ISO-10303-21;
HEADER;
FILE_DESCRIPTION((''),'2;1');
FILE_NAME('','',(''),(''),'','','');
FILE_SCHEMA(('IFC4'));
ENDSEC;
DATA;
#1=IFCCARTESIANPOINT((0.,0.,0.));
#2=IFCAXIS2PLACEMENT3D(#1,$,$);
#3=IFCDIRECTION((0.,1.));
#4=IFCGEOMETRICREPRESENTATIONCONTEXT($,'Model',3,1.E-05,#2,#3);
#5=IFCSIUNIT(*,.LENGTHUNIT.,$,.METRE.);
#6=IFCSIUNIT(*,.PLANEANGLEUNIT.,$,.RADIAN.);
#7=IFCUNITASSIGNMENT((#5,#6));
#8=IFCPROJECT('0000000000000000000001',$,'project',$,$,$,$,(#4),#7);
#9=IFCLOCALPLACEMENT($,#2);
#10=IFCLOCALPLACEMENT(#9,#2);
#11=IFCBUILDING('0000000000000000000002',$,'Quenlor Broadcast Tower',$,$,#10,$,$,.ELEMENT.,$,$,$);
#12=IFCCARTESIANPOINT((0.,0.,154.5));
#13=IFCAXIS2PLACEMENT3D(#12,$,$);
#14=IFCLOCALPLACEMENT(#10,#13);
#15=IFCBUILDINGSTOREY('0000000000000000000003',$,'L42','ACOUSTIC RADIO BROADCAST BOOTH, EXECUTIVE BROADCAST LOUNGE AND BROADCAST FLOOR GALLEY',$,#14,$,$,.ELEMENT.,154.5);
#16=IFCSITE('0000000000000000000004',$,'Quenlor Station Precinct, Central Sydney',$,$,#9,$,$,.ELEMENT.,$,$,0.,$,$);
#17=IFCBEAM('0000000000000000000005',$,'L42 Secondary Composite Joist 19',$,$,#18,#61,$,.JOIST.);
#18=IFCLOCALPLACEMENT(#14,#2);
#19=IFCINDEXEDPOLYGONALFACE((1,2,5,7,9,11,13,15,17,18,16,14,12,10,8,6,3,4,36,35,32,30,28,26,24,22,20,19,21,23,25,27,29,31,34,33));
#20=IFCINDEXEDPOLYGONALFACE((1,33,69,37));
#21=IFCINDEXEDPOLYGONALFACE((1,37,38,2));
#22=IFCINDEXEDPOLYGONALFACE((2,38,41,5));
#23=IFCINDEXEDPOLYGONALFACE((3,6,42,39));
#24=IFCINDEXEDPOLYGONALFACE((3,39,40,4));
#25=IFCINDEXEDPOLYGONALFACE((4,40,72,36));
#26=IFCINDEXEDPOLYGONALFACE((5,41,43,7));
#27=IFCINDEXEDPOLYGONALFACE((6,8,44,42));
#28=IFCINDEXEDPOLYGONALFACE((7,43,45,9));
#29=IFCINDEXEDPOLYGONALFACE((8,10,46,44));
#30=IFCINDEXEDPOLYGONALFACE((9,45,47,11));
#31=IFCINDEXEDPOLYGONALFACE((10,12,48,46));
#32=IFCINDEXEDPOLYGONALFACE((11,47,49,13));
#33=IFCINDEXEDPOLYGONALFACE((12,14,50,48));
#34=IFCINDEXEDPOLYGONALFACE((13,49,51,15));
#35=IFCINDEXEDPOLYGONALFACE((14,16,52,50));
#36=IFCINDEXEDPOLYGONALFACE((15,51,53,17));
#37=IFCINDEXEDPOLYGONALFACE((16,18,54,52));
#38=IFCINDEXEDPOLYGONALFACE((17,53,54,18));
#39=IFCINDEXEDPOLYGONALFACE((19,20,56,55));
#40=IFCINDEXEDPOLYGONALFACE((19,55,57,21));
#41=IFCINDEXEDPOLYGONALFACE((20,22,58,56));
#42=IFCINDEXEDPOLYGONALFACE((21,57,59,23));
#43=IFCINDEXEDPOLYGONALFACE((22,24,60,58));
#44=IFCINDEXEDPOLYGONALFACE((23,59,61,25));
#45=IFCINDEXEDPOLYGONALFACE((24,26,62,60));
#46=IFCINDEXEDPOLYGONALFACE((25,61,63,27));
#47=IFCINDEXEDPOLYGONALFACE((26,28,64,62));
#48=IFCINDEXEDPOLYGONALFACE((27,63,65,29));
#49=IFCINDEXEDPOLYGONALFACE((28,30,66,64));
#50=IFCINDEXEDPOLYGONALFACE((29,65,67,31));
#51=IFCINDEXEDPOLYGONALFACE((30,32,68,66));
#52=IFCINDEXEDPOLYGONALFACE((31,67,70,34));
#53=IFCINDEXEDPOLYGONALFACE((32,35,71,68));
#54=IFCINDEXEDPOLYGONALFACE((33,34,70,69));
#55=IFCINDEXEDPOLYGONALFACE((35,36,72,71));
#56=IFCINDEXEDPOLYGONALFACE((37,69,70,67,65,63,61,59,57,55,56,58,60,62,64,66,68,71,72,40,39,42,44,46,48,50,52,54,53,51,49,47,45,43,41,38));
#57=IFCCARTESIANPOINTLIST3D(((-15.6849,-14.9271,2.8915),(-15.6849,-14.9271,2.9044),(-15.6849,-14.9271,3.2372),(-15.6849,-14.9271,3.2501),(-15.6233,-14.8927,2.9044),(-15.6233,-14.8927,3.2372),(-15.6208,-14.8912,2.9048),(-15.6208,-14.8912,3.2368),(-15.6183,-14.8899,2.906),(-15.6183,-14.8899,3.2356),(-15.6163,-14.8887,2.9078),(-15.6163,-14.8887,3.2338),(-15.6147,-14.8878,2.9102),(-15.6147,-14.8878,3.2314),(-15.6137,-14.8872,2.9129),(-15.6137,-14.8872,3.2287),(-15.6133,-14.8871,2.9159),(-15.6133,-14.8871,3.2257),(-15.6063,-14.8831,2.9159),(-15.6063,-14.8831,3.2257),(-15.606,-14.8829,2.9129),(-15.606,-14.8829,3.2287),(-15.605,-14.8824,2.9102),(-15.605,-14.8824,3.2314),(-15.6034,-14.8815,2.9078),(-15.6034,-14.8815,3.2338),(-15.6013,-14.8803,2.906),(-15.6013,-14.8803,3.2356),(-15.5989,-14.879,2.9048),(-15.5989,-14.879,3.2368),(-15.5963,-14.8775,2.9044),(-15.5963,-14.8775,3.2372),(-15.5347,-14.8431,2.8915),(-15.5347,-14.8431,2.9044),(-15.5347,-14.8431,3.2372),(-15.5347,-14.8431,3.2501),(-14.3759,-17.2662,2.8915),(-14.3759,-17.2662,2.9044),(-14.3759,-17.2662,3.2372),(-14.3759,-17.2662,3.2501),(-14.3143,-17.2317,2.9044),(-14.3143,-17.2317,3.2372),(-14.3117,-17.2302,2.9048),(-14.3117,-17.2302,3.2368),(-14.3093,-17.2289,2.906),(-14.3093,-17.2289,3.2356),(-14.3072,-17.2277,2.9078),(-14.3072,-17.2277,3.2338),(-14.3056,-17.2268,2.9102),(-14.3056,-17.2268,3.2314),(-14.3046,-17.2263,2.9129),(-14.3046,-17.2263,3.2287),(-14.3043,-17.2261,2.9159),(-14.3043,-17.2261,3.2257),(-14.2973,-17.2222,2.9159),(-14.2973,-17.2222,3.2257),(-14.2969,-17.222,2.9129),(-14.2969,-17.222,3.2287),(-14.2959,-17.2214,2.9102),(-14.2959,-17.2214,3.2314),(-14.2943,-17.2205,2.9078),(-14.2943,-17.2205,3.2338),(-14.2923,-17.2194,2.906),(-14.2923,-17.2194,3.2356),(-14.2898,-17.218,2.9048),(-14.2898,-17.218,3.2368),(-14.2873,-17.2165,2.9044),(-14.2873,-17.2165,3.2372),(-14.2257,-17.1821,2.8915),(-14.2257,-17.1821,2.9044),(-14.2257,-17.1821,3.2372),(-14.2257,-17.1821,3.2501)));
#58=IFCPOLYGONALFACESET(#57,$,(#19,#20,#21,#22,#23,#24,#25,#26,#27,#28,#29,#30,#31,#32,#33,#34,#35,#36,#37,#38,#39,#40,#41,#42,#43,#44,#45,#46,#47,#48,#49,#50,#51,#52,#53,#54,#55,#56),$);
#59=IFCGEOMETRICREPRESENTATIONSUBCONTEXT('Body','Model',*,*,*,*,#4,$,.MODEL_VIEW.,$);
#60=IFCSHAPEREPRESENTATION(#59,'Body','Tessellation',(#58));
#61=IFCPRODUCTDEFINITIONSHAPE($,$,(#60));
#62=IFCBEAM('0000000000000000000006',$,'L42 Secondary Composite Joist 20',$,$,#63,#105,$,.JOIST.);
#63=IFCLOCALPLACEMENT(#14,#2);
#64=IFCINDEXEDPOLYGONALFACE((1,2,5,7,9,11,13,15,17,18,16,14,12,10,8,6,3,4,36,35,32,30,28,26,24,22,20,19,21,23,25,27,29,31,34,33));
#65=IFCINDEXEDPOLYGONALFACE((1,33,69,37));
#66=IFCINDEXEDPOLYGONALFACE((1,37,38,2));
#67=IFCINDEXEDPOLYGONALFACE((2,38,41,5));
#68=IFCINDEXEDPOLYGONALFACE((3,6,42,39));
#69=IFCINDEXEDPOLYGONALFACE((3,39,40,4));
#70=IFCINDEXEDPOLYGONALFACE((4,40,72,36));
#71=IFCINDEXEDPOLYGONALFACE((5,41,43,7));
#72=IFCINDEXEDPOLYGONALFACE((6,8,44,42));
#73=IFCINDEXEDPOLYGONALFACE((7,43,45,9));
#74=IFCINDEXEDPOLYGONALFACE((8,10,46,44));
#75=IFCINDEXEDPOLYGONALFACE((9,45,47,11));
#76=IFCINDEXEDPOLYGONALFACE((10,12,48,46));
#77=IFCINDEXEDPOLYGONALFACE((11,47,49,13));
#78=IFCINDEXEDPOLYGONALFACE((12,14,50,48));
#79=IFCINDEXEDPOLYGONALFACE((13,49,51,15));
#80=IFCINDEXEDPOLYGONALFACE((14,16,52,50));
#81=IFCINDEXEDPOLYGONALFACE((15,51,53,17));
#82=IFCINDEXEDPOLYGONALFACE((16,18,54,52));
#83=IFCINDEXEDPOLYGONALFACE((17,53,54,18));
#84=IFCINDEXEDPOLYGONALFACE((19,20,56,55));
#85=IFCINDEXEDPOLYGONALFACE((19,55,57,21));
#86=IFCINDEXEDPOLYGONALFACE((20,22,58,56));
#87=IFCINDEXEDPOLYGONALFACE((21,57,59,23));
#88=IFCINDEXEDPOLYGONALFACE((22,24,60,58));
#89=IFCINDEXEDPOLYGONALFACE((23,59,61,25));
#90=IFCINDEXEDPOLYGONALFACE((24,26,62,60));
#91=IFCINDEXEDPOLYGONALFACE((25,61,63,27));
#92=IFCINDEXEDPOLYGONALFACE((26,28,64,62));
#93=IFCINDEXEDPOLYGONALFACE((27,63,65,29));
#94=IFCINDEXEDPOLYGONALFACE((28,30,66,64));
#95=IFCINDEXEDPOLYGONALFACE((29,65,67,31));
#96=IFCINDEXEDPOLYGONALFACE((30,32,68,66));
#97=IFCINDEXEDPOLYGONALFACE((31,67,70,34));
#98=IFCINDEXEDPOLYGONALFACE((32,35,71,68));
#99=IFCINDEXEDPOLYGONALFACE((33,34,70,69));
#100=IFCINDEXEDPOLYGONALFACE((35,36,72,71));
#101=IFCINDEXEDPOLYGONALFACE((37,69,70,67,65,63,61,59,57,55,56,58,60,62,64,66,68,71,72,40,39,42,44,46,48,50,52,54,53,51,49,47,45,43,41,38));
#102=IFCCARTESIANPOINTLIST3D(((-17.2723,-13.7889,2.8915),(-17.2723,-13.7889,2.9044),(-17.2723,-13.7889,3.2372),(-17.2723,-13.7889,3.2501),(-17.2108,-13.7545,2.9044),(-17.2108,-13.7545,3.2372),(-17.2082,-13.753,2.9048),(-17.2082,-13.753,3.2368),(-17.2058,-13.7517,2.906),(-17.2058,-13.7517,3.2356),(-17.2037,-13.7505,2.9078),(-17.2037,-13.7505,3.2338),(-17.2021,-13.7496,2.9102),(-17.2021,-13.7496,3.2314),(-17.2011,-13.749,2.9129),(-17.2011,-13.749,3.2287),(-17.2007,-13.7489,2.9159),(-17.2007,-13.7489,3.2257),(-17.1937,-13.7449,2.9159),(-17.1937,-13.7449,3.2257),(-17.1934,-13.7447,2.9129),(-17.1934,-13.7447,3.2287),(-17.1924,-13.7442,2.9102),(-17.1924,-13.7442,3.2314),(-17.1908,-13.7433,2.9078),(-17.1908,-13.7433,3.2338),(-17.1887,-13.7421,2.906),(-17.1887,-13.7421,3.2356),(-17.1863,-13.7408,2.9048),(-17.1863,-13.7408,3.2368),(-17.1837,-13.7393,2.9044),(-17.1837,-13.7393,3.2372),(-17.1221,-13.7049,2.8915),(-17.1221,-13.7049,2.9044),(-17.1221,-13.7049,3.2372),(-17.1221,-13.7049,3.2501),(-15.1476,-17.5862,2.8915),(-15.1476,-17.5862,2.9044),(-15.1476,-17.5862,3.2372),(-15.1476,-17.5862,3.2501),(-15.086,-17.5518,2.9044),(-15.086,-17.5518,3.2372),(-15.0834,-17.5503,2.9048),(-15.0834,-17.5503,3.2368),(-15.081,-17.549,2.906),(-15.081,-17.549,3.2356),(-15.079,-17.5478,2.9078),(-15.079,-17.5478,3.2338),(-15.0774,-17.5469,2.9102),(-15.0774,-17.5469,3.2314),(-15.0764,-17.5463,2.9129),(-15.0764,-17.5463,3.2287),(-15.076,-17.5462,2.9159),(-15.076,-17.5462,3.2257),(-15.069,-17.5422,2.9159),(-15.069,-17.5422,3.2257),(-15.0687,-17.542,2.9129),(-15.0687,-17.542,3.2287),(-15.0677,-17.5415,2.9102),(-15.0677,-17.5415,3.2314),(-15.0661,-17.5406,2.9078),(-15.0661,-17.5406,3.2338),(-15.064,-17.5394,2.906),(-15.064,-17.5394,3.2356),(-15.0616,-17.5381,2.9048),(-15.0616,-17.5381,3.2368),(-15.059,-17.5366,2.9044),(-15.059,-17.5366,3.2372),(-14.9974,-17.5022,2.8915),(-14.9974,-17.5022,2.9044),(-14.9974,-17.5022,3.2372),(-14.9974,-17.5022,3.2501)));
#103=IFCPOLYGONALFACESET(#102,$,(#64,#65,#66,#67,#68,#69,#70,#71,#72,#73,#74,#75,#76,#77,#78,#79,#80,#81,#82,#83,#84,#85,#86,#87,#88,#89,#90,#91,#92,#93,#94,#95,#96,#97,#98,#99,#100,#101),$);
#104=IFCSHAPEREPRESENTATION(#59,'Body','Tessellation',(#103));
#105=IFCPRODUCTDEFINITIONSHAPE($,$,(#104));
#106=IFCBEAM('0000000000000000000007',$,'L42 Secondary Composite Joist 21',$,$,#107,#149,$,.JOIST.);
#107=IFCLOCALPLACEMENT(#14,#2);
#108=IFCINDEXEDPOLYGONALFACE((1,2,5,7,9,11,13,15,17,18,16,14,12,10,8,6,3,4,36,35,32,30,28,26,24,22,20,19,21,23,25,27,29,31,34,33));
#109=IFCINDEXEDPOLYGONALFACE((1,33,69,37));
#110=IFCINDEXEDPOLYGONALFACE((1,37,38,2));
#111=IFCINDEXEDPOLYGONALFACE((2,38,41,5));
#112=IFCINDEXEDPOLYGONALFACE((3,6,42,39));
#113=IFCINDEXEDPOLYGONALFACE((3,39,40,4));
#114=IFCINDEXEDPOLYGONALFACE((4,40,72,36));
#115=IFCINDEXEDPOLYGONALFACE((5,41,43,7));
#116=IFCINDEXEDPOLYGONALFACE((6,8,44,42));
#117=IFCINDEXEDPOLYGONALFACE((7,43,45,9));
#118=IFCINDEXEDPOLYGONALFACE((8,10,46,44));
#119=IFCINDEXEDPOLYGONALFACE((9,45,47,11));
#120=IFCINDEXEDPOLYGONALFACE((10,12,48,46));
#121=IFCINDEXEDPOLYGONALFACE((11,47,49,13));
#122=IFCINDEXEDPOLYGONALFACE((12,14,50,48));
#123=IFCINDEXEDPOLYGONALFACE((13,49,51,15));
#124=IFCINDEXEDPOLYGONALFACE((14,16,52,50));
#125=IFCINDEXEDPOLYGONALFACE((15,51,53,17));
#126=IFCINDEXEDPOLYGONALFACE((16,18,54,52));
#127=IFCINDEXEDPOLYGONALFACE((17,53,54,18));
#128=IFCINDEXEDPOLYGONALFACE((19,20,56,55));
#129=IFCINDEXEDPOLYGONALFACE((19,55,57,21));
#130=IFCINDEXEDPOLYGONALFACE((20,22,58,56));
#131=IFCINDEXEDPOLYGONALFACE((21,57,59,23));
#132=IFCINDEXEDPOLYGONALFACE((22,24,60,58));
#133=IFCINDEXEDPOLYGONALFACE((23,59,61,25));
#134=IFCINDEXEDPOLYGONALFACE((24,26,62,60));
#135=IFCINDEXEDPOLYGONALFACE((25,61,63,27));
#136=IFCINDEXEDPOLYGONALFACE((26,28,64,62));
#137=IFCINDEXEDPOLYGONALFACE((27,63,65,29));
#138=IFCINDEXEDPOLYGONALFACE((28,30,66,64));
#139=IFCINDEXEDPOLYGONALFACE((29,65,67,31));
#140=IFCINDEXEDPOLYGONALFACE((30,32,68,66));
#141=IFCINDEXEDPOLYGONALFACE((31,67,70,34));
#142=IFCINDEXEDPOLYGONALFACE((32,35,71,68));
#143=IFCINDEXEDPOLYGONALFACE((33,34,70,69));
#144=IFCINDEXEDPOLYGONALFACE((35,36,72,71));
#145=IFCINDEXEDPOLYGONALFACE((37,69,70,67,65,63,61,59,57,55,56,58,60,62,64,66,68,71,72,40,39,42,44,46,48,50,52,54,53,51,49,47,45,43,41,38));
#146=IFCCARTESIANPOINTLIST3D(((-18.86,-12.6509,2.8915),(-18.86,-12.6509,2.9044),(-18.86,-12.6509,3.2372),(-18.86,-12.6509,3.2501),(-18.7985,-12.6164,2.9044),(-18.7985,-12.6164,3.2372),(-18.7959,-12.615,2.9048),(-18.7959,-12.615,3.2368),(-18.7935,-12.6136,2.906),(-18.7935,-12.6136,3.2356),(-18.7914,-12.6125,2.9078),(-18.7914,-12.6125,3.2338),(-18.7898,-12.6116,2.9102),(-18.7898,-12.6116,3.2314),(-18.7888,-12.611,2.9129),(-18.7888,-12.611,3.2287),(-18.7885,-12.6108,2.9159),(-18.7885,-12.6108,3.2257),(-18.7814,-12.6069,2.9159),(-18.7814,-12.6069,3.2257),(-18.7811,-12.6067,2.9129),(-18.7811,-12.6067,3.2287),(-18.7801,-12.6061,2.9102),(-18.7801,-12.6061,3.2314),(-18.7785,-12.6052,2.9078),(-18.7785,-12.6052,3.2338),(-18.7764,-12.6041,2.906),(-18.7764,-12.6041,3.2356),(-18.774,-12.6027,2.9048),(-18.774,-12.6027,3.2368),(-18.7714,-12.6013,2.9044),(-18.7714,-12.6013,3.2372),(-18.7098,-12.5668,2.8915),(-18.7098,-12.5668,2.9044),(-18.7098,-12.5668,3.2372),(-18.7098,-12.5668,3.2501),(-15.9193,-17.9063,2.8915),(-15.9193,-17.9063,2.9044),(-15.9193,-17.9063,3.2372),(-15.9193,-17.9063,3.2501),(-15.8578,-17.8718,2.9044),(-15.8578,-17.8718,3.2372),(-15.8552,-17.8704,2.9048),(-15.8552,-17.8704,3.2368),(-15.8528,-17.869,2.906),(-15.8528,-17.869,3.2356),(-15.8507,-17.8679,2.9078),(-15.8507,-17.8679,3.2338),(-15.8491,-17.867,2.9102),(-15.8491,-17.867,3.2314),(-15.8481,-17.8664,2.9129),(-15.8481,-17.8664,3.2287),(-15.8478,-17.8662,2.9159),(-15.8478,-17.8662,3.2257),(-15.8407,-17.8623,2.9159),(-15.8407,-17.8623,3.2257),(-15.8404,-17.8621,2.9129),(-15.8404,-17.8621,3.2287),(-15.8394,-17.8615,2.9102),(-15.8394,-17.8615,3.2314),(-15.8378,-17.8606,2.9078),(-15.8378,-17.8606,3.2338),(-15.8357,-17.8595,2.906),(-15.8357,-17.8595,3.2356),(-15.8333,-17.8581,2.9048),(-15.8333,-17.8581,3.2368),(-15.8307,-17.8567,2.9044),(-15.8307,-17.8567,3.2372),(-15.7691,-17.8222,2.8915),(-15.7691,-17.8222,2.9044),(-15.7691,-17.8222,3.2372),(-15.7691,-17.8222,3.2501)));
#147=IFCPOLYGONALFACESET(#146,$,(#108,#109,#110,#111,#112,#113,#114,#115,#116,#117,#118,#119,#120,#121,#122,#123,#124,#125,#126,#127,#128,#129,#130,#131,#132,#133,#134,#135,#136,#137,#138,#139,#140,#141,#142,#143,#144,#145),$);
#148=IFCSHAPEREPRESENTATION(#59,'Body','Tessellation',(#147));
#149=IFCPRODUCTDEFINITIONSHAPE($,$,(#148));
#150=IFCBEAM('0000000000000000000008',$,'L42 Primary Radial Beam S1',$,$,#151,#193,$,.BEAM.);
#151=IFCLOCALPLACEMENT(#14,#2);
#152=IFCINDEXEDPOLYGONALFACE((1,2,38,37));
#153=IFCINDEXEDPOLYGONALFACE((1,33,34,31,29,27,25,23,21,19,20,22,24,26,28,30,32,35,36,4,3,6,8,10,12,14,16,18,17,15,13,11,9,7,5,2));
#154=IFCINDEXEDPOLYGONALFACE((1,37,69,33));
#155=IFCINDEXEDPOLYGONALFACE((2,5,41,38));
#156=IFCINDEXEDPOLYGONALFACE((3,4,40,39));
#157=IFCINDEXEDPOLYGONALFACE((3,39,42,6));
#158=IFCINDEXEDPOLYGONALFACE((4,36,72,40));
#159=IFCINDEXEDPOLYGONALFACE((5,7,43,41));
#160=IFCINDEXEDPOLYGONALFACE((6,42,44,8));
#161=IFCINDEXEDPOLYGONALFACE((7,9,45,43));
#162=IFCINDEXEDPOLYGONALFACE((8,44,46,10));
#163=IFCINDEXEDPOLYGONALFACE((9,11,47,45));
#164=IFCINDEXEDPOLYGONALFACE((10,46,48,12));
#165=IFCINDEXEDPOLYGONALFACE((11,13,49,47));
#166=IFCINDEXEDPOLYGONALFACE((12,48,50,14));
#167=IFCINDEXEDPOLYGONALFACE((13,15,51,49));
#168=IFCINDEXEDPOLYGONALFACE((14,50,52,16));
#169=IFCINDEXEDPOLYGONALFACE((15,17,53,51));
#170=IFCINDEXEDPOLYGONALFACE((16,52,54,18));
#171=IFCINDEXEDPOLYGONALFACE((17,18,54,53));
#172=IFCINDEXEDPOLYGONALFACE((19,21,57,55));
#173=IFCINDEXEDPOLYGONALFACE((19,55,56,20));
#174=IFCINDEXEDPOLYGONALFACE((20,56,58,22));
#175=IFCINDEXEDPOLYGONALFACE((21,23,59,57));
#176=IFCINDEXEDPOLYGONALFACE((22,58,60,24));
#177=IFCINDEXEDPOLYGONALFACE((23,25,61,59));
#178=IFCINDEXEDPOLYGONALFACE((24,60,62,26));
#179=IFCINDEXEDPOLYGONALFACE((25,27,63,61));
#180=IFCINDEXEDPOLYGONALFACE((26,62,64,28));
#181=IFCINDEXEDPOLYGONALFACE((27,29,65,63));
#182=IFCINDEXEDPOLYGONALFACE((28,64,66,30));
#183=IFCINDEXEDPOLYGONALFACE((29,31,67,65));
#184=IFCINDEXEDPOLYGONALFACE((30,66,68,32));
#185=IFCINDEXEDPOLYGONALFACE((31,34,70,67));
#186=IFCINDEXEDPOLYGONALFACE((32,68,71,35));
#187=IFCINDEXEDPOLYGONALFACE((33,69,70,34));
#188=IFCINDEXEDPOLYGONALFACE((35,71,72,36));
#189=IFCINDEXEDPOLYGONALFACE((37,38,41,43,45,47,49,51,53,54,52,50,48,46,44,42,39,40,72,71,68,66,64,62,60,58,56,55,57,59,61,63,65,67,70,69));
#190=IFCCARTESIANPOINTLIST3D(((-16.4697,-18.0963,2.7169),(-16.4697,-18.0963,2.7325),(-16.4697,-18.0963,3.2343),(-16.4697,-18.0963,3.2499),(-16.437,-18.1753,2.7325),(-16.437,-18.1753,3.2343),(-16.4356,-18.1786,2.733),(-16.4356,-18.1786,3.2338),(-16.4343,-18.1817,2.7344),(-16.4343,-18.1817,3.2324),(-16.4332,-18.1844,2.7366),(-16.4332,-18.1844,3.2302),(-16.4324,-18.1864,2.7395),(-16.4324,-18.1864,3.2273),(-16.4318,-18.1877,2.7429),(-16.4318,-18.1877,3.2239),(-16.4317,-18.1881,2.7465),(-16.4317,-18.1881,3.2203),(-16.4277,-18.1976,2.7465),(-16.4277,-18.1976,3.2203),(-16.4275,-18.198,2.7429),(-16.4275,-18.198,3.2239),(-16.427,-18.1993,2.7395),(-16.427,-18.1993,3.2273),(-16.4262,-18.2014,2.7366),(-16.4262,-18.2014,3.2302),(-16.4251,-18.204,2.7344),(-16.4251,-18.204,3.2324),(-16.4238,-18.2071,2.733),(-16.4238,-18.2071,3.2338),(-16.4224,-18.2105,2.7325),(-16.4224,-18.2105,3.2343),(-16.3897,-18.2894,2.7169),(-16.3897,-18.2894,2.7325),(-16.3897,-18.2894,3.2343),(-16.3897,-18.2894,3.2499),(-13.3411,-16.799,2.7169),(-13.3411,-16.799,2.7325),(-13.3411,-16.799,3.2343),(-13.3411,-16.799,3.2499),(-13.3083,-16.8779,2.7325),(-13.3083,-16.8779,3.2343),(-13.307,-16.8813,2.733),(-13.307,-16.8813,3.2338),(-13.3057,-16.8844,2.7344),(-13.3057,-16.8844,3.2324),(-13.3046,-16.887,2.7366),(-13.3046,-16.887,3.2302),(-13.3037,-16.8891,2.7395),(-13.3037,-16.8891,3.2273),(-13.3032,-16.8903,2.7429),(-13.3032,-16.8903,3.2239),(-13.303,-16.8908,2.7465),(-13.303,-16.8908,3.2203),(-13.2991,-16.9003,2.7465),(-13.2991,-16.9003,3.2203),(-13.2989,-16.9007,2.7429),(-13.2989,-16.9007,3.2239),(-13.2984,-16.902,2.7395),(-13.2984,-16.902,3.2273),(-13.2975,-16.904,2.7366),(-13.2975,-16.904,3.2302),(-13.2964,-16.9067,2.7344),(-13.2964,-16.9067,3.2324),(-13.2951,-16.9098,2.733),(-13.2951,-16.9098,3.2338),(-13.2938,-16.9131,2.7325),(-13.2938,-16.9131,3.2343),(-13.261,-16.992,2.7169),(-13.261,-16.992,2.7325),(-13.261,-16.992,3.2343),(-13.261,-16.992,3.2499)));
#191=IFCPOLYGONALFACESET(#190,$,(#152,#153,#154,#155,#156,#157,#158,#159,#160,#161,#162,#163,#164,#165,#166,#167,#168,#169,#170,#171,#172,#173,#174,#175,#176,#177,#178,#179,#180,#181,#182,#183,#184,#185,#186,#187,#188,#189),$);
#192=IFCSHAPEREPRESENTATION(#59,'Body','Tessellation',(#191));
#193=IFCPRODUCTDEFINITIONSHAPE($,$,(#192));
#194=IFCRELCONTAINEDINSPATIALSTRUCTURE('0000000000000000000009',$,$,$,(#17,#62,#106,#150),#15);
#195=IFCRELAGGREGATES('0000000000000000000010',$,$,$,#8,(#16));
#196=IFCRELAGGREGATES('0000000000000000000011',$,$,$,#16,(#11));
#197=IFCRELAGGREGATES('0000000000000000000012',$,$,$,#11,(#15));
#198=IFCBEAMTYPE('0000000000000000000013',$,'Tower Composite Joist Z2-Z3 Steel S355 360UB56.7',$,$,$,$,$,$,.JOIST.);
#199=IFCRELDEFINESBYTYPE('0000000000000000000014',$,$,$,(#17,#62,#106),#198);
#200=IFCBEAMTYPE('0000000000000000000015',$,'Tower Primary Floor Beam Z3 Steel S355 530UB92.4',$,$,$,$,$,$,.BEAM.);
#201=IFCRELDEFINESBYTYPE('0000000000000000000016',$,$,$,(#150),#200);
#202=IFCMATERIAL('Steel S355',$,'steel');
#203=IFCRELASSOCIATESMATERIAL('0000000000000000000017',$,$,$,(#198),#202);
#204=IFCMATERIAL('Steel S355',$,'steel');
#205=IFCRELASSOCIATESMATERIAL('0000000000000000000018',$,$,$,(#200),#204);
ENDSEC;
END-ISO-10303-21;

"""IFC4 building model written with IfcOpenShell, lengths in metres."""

from ifc_helpers import new_model, si_unit, direction, frame, origin, origin_2d, place, context, subcontext, project, spatial, i_section, extrude, material, material_profile, profile_set, type_object, element, save


model = new_model("IFC4")

# Units and contexts
model_context = context("Model", 3, precision=1e-05, world=origin(), true_north=direction((0.0, 1.0)))
body_context = subcontext(model_context, "Body", "Model", "MODEL_VIEW")
ifc_project = project(units=[si_unit("LENGTHUNIT", "METRE"), si_unit("PLANEANGLEUNIT", "RADIAN")], contexts=[model_context])

# Site, building, storey
site_placement = place(None, origin())
site = spatial("IfcSite", under=ifc_project, at=site_placement, Name="Quenlor Station Precinct, Central Sydney", CompositionType="ELEMENT", RefElevation=0.0)
building_placement = place(site_placement, origin())
building = spatial("IfcBuilding", under=site, at=building_placement, Name="Quenlor Broadcast Tower", CompositionType="ELEMENT")
storey_placement = place(building_placement, frame((0.0, 0.0, 154.5)))
storey = spatial("IfcBuildingStorey", under=building, at=storey_placement, Name="L42", Description="ACOUSTIC RADIO BROADCAST BOOTH, EXECUTIVE BROADCAST LOUNGE AND BROADCAST FLOOR GALLEY", CompositionType="ELEMENT", Elevation=154.5)

# Beams
ifc_material_1 = material(Name="Steel S355", Category="steel")
ifc_material_profile_1 = material_profile(ifc_material_1, i_section(OverallWidth=0.1721, OverallDepth=0.3586, WebThickness=0.0081, FlangeThickness=0.0129, FilletRadius=0.0115, at=origin_2d()))
ifc_profile_set_1 = profile_set([ifc_material_profile_1], Name="Steel S355 360UB56.7")
beam_type_1 = type_object("IfcBeamType", Name="Tower Composite Joist Z2-Z3 Steel S355 360UB56.7", PredefinedType="JOIST", material=ifc_profile_set_1)
beam_1_placement = place(storey_placement, frame((-14.3008, -17.2241, 3.0708), z_axis=(-0.48837, 0.872636, 0.0), x_axis=(-0.872636, -0.48837, 0.0)))
element("IfcBeam", 1, at=beam_1_placement, inside=storey, type_object=beam_type_1, Name="L42 Secondary Composite Joist 19", PredefinedType="JOIST", context=body_context, shape_type="SweptSolid", body=[
    extrude(i_section(OverallWidth=0.1721, OverallDepth=0.3586, WebThickness=0.0081, FlangeThickness=0.0129, FilletRadius=0.0115, at=origin_2d()), origin(), (0.0, 0.0, 1.0), 2.6804),
])
beam_2_placement = place(storey_placement, frame((-15.0725, -17.5442, 3.0708), z_axis=(-0.488294, 0.872679, 0.0), x_axis=(-0.872679, -0.488294, 0.0)))
element("IfcBeam", 2, at=beam_2_placement, inside=storey, type_object=beam_type_1, Name="L42 Secondary Composite Joist 20", PredefinedType="JOIST", context=body_context, shape_type="SweptSolid", body=[
    extrude(i_section(OverallWidth=0.1721, OverallDepth=0.3586, WebThickness=0.0081, FlangeThickness=0.0129, FilletRadius=0.0115, at=origin_2d()), origin(), (0.0, 0.0, 1.0), 4.3513),
])
beam_3_placement = place(storey_placement, frame((-15.8442, -17.8643, 3.0708), z_axis=(-0.488308, 0.872671, 0.0), x_axis=(-0.872671, -0.488308, 0.0)))
element("IfcBeam", 3, at=beam_3_placement, inside=storey, type_object=beam_type_1, Name="L42 Secondary Composite Joist 21", PredefinedType="JOIST", context=body_context, shape_type="SweptSolid", body=[
    extrude(i_section(OverallWidth=0.1721, OverallDepth=0.3586, WebThickness=0.0081, FlangeThickness=0.0129, FilletRadius=0.0115, at=origin_2d()), origin(), (0.0, 0.0, 1.0), 6.0222),
])
ifc_material_2 = material(Name="Steel S355", Category="steel")
ifc_material_profile_2 = material_profile(ifc_material_2, i_section(OverallWidth=0.209, OverallDepth=0.533, WebThickness=0.0103, FlangeThickness=0.0156, FilletRadius=0.0139, at=origin_2d()))
ifc_profile_set_2 = profile_set([ifc_material_profile_2], Name="Steel S355 530UB92.4")
beam_type_2 = type_object("IfcBeamType", Name="Tower Primary Floor Beam Z3 Steel S355 530UB92.4", PredefinedType="BEAM", material=ifc_profile_set_2)
beam_4_placement = place(storey_placement, frame((-16.4297, -18.1929, 2.9834), z_axis=(0.92373, 0.383044, 0.0), x_axis=(-0.383044, 0.92373, 0.0)))
element("IfcBeam", 4, at=beam_4_placement, inside=storey, type_object=beam_type_2, Name="L42 Primary Radial Beam S1", PredefinedType="BEAM", context=body_context, shape_type="SweptSolid", body=[
    extrude(i_section(OverallWidth=0.209, OverallDepth=0.533, WebThickness=0.0103, FlangeThickness=0.0156, FilletRadius=0.0139, at=origin_2d()), origin(), (0.0, 0.0, 1.0), 3.387),
])

save(model, "model.ifc")
